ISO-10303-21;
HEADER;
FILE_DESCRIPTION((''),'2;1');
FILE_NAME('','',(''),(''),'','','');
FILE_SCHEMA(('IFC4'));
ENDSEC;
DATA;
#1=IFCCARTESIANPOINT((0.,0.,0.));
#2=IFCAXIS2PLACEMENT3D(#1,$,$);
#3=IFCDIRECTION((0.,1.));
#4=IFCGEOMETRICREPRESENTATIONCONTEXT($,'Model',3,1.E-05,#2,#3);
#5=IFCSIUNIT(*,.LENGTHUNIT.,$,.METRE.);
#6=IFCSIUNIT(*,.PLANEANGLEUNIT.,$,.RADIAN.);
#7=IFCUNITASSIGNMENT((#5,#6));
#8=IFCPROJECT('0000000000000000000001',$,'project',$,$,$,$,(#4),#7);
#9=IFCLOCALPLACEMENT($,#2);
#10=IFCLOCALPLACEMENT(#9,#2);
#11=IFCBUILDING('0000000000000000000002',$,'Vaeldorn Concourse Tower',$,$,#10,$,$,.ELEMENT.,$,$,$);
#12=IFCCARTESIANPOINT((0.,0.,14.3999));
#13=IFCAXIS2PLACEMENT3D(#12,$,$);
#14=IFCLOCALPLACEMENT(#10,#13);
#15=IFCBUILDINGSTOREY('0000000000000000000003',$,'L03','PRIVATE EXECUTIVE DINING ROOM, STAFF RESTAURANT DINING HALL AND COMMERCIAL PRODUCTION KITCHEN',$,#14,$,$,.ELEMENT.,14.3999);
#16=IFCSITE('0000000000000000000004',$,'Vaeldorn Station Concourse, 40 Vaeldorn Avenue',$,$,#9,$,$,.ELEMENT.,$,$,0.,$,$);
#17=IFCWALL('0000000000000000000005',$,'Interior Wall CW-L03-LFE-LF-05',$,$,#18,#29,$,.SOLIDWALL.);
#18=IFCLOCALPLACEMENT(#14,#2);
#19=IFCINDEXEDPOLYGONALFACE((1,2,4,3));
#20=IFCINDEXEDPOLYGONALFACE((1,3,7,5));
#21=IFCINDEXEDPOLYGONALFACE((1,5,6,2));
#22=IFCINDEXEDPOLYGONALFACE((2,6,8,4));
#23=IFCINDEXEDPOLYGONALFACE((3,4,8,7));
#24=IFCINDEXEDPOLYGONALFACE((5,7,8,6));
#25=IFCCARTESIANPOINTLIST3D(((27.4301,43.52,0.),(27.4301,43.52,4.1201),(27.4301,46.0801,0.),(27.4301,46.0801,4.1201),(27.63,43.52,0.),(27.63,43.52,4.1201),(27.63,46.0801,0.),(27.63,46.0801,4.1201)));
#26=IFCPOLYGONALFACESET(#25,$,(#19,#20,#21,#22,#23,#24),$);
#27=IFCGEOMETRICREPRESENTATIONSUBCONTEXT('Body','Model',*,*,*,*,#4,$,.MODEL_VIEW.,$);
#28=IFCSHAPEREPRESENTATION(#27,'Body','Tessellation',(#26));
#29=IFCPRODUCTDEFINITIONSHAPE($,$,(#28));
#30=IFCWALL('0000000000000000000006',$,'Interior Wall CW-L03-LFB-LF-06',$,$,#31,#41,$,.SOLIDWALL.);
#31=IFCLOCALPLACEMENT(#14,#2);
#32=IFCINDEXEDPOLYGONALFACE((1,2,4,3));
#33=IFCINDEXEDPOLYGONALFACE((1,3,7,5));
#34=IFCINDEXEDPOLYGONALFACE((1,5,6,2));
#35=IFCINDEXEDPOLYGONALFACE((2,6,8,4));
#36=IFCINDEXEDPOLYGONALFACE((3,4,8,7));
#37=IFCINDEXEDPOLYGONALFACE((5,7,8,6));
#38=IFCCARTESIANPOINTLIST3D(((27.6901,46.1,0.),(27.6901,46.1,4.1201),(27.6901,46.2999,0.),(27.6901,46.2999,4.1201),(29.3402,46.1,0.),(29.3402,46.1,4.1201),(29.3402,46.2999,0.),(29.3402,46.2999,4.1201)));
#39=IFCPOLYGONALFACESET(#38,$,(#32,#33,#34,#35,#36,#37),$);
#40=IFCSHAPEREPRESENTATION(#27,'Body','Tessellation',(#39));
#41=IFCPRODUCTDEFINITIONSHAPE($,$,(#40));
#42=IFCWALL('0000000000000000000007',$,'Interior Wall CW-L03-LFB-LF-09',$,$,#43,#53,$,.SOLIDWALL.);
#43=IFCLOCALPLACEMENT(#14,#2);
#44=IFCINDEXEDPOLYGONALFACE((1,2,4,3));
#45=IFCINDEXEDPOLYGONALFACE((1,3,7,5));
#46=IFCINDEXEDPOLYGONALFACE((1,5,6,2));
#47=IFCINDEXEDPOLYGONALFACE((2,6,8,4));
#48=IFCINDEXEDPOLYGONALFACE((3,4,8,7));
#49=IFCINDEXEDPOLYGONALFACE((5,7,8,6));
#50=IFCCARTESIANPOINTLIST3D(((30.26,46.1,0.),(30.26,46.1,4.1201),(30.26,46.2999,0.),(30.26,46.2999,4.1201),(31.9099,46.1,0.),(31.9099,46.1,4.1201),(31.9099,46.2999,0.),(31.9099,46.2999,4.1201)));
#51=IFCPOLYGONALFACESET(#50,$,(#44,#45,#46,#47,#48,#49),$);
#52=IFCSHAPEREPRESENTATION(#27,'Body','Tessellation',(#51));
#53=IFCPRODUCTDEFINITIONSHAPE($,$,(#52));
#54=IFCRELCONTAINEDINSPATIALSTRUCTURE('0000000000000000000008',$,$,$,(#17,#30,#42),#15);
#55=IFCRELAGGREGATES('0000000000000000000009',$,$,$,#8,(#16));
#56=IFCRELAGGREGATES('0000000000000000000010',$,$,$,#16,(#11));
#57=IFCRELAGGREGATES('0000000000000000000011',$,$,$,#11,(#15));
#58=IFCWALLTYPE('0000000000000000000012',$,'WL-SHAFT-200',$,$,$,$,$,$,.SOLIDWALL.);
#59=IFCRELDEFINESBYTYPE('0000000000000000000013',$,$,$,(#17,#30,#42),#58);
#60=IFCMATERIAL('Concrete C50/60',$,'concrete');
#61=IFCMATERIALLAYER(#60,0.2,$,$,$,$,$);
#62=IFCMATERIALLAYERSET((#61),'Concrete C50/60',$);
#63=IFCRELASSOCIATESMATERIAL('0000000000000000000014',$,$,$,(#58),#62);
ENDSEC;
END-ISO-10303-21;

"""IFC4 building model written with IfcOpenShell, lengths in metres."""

from ifc_helpers import new_model, si_unit, direction, frame, frame_2d, origin, place, context, subcontext, project, spatial, rectangle, extrude, material, layer, layer_set, type_object, element, save


model = new_model("IFC4")

# Units and contexts
model_context = context("Model", 3, precision=1e-05, world=origin(), true_north=direction((0.0, 1.0)))
body_context = subcontext(model_context, "Body", "Model", "MODEL_VIEW")
ifc_project = project(units=[si_unit("LENGTHUNIT", "METRE"), si_unit("PLANEANGLEUNIT", "RADIAN")], contexts=[model_context])

# Site, building, storey
site_placement = place(None, origin())
site = spatial("IfcSite", under=ifc_project, at=site_placement, Name="Vaeldorn Station Concourse, 40 Vaeldorn Avenue", CompositionType="ELEMENT", RefElevation=0.0)
building_placement = place(site_placement, origin())
building = spatial("IfcBuilding", under=site, at=building_placement, Name="Vaeldorn Concourse Tower", CompositionType="ELEMENT")
storey_placement = place(building_placement, frame((0.0, 0.0, 14.3999)))
storey = spatial("IfcBuildingStorey", under=building, at=storey_placement, Name="L03", Description="PRIVATE EXECUTIVE DINING ROOM, STAFF RESTAURANT DINING HALL AND COMMERCIAL PRODUCTION KITCHEN", CompositionType="ELEMENT", Elevation=14.3999)

# Shared definitions
ifc_material_1 = material(Name="Concrete C50/60", Category="concrete")
ifc_layer_1 = layer(ifc_material_1, 0.2)
ifc_layer_set_1 = layer_set([ifc_layer_1], Name="Concrete C50/60")
wall_type_1 = type_object("IfcWallType", Name="WL-SHAFT-200", PredefinedType="SOLIDWALL", material=ifc_layer_set_1)

# Wall
wall_1_placement = place(storey_placement, frame((27.53, 43.52, 0.0), z_axis=(0.0, 0.0, 1.0), x_axis=(0.0, 1.0, 0.0)))
element("IfcWall", 1, at=wall_1_placement, inside=storey, type_object=wall_type_1, Name="Interior Wall CW-L03-LFE-LF-05", PredefinedType="SOLIDWALL", context=body_context, shape_type="SweptSolid", body=[
    extrude(rectangle(XDim=2.5601, YDim=0.2, at=frame_2d((1.28, 0.0))), origin(), (0.0, 0.0, 1.0), 4.1201),
])

# Wall
wall_2_placement = place(storey_placement, frame((27.6899, 46.2, 0.0), z_axis=(0.0, 0.0, 1.0), x_axis=(1.0, 0.0, 0.0)))
element("IfcWall", 2, at=wall_2_placement, inside=storey, type_object=wall_type_1, Name="Interior Wall CW-L03-LFB-LF-06", PredefinedType="SOLIDWALL", context=body_context, shape_type="SweptSolid", body=[
    extrude(rectangle(XDim=1.6501, YDim=0.2, at=frame_2d((0.8252, 0.0))), origin(), (0.0, 0.0, 1.0), 4.1201),
])

# Wall
wall_3_placement = place(storey_placement, frame((30.26, 46.2, 0.0), z_axis=(0.0, 0.0, 1.0), x_axis=(1.0, 0.0, 0.0)))
element("IfcWall", 3, at=wall_3_placement, inside=storey, type_object=wall_type_1, Name="Interior Wall CW-L03-LFB-LF-09", PredefinedType="SOLIDWALL", context=body_context, shape_type="SweptSolid", body=[
    extrude(rectangle(XDim=1.6499, YDim=0.2, at=frame_2d((0.825, 0.0))), origin(), (0.0, 0.0, 1.0), 4.1201),
])

save(model, "model.ifc")
